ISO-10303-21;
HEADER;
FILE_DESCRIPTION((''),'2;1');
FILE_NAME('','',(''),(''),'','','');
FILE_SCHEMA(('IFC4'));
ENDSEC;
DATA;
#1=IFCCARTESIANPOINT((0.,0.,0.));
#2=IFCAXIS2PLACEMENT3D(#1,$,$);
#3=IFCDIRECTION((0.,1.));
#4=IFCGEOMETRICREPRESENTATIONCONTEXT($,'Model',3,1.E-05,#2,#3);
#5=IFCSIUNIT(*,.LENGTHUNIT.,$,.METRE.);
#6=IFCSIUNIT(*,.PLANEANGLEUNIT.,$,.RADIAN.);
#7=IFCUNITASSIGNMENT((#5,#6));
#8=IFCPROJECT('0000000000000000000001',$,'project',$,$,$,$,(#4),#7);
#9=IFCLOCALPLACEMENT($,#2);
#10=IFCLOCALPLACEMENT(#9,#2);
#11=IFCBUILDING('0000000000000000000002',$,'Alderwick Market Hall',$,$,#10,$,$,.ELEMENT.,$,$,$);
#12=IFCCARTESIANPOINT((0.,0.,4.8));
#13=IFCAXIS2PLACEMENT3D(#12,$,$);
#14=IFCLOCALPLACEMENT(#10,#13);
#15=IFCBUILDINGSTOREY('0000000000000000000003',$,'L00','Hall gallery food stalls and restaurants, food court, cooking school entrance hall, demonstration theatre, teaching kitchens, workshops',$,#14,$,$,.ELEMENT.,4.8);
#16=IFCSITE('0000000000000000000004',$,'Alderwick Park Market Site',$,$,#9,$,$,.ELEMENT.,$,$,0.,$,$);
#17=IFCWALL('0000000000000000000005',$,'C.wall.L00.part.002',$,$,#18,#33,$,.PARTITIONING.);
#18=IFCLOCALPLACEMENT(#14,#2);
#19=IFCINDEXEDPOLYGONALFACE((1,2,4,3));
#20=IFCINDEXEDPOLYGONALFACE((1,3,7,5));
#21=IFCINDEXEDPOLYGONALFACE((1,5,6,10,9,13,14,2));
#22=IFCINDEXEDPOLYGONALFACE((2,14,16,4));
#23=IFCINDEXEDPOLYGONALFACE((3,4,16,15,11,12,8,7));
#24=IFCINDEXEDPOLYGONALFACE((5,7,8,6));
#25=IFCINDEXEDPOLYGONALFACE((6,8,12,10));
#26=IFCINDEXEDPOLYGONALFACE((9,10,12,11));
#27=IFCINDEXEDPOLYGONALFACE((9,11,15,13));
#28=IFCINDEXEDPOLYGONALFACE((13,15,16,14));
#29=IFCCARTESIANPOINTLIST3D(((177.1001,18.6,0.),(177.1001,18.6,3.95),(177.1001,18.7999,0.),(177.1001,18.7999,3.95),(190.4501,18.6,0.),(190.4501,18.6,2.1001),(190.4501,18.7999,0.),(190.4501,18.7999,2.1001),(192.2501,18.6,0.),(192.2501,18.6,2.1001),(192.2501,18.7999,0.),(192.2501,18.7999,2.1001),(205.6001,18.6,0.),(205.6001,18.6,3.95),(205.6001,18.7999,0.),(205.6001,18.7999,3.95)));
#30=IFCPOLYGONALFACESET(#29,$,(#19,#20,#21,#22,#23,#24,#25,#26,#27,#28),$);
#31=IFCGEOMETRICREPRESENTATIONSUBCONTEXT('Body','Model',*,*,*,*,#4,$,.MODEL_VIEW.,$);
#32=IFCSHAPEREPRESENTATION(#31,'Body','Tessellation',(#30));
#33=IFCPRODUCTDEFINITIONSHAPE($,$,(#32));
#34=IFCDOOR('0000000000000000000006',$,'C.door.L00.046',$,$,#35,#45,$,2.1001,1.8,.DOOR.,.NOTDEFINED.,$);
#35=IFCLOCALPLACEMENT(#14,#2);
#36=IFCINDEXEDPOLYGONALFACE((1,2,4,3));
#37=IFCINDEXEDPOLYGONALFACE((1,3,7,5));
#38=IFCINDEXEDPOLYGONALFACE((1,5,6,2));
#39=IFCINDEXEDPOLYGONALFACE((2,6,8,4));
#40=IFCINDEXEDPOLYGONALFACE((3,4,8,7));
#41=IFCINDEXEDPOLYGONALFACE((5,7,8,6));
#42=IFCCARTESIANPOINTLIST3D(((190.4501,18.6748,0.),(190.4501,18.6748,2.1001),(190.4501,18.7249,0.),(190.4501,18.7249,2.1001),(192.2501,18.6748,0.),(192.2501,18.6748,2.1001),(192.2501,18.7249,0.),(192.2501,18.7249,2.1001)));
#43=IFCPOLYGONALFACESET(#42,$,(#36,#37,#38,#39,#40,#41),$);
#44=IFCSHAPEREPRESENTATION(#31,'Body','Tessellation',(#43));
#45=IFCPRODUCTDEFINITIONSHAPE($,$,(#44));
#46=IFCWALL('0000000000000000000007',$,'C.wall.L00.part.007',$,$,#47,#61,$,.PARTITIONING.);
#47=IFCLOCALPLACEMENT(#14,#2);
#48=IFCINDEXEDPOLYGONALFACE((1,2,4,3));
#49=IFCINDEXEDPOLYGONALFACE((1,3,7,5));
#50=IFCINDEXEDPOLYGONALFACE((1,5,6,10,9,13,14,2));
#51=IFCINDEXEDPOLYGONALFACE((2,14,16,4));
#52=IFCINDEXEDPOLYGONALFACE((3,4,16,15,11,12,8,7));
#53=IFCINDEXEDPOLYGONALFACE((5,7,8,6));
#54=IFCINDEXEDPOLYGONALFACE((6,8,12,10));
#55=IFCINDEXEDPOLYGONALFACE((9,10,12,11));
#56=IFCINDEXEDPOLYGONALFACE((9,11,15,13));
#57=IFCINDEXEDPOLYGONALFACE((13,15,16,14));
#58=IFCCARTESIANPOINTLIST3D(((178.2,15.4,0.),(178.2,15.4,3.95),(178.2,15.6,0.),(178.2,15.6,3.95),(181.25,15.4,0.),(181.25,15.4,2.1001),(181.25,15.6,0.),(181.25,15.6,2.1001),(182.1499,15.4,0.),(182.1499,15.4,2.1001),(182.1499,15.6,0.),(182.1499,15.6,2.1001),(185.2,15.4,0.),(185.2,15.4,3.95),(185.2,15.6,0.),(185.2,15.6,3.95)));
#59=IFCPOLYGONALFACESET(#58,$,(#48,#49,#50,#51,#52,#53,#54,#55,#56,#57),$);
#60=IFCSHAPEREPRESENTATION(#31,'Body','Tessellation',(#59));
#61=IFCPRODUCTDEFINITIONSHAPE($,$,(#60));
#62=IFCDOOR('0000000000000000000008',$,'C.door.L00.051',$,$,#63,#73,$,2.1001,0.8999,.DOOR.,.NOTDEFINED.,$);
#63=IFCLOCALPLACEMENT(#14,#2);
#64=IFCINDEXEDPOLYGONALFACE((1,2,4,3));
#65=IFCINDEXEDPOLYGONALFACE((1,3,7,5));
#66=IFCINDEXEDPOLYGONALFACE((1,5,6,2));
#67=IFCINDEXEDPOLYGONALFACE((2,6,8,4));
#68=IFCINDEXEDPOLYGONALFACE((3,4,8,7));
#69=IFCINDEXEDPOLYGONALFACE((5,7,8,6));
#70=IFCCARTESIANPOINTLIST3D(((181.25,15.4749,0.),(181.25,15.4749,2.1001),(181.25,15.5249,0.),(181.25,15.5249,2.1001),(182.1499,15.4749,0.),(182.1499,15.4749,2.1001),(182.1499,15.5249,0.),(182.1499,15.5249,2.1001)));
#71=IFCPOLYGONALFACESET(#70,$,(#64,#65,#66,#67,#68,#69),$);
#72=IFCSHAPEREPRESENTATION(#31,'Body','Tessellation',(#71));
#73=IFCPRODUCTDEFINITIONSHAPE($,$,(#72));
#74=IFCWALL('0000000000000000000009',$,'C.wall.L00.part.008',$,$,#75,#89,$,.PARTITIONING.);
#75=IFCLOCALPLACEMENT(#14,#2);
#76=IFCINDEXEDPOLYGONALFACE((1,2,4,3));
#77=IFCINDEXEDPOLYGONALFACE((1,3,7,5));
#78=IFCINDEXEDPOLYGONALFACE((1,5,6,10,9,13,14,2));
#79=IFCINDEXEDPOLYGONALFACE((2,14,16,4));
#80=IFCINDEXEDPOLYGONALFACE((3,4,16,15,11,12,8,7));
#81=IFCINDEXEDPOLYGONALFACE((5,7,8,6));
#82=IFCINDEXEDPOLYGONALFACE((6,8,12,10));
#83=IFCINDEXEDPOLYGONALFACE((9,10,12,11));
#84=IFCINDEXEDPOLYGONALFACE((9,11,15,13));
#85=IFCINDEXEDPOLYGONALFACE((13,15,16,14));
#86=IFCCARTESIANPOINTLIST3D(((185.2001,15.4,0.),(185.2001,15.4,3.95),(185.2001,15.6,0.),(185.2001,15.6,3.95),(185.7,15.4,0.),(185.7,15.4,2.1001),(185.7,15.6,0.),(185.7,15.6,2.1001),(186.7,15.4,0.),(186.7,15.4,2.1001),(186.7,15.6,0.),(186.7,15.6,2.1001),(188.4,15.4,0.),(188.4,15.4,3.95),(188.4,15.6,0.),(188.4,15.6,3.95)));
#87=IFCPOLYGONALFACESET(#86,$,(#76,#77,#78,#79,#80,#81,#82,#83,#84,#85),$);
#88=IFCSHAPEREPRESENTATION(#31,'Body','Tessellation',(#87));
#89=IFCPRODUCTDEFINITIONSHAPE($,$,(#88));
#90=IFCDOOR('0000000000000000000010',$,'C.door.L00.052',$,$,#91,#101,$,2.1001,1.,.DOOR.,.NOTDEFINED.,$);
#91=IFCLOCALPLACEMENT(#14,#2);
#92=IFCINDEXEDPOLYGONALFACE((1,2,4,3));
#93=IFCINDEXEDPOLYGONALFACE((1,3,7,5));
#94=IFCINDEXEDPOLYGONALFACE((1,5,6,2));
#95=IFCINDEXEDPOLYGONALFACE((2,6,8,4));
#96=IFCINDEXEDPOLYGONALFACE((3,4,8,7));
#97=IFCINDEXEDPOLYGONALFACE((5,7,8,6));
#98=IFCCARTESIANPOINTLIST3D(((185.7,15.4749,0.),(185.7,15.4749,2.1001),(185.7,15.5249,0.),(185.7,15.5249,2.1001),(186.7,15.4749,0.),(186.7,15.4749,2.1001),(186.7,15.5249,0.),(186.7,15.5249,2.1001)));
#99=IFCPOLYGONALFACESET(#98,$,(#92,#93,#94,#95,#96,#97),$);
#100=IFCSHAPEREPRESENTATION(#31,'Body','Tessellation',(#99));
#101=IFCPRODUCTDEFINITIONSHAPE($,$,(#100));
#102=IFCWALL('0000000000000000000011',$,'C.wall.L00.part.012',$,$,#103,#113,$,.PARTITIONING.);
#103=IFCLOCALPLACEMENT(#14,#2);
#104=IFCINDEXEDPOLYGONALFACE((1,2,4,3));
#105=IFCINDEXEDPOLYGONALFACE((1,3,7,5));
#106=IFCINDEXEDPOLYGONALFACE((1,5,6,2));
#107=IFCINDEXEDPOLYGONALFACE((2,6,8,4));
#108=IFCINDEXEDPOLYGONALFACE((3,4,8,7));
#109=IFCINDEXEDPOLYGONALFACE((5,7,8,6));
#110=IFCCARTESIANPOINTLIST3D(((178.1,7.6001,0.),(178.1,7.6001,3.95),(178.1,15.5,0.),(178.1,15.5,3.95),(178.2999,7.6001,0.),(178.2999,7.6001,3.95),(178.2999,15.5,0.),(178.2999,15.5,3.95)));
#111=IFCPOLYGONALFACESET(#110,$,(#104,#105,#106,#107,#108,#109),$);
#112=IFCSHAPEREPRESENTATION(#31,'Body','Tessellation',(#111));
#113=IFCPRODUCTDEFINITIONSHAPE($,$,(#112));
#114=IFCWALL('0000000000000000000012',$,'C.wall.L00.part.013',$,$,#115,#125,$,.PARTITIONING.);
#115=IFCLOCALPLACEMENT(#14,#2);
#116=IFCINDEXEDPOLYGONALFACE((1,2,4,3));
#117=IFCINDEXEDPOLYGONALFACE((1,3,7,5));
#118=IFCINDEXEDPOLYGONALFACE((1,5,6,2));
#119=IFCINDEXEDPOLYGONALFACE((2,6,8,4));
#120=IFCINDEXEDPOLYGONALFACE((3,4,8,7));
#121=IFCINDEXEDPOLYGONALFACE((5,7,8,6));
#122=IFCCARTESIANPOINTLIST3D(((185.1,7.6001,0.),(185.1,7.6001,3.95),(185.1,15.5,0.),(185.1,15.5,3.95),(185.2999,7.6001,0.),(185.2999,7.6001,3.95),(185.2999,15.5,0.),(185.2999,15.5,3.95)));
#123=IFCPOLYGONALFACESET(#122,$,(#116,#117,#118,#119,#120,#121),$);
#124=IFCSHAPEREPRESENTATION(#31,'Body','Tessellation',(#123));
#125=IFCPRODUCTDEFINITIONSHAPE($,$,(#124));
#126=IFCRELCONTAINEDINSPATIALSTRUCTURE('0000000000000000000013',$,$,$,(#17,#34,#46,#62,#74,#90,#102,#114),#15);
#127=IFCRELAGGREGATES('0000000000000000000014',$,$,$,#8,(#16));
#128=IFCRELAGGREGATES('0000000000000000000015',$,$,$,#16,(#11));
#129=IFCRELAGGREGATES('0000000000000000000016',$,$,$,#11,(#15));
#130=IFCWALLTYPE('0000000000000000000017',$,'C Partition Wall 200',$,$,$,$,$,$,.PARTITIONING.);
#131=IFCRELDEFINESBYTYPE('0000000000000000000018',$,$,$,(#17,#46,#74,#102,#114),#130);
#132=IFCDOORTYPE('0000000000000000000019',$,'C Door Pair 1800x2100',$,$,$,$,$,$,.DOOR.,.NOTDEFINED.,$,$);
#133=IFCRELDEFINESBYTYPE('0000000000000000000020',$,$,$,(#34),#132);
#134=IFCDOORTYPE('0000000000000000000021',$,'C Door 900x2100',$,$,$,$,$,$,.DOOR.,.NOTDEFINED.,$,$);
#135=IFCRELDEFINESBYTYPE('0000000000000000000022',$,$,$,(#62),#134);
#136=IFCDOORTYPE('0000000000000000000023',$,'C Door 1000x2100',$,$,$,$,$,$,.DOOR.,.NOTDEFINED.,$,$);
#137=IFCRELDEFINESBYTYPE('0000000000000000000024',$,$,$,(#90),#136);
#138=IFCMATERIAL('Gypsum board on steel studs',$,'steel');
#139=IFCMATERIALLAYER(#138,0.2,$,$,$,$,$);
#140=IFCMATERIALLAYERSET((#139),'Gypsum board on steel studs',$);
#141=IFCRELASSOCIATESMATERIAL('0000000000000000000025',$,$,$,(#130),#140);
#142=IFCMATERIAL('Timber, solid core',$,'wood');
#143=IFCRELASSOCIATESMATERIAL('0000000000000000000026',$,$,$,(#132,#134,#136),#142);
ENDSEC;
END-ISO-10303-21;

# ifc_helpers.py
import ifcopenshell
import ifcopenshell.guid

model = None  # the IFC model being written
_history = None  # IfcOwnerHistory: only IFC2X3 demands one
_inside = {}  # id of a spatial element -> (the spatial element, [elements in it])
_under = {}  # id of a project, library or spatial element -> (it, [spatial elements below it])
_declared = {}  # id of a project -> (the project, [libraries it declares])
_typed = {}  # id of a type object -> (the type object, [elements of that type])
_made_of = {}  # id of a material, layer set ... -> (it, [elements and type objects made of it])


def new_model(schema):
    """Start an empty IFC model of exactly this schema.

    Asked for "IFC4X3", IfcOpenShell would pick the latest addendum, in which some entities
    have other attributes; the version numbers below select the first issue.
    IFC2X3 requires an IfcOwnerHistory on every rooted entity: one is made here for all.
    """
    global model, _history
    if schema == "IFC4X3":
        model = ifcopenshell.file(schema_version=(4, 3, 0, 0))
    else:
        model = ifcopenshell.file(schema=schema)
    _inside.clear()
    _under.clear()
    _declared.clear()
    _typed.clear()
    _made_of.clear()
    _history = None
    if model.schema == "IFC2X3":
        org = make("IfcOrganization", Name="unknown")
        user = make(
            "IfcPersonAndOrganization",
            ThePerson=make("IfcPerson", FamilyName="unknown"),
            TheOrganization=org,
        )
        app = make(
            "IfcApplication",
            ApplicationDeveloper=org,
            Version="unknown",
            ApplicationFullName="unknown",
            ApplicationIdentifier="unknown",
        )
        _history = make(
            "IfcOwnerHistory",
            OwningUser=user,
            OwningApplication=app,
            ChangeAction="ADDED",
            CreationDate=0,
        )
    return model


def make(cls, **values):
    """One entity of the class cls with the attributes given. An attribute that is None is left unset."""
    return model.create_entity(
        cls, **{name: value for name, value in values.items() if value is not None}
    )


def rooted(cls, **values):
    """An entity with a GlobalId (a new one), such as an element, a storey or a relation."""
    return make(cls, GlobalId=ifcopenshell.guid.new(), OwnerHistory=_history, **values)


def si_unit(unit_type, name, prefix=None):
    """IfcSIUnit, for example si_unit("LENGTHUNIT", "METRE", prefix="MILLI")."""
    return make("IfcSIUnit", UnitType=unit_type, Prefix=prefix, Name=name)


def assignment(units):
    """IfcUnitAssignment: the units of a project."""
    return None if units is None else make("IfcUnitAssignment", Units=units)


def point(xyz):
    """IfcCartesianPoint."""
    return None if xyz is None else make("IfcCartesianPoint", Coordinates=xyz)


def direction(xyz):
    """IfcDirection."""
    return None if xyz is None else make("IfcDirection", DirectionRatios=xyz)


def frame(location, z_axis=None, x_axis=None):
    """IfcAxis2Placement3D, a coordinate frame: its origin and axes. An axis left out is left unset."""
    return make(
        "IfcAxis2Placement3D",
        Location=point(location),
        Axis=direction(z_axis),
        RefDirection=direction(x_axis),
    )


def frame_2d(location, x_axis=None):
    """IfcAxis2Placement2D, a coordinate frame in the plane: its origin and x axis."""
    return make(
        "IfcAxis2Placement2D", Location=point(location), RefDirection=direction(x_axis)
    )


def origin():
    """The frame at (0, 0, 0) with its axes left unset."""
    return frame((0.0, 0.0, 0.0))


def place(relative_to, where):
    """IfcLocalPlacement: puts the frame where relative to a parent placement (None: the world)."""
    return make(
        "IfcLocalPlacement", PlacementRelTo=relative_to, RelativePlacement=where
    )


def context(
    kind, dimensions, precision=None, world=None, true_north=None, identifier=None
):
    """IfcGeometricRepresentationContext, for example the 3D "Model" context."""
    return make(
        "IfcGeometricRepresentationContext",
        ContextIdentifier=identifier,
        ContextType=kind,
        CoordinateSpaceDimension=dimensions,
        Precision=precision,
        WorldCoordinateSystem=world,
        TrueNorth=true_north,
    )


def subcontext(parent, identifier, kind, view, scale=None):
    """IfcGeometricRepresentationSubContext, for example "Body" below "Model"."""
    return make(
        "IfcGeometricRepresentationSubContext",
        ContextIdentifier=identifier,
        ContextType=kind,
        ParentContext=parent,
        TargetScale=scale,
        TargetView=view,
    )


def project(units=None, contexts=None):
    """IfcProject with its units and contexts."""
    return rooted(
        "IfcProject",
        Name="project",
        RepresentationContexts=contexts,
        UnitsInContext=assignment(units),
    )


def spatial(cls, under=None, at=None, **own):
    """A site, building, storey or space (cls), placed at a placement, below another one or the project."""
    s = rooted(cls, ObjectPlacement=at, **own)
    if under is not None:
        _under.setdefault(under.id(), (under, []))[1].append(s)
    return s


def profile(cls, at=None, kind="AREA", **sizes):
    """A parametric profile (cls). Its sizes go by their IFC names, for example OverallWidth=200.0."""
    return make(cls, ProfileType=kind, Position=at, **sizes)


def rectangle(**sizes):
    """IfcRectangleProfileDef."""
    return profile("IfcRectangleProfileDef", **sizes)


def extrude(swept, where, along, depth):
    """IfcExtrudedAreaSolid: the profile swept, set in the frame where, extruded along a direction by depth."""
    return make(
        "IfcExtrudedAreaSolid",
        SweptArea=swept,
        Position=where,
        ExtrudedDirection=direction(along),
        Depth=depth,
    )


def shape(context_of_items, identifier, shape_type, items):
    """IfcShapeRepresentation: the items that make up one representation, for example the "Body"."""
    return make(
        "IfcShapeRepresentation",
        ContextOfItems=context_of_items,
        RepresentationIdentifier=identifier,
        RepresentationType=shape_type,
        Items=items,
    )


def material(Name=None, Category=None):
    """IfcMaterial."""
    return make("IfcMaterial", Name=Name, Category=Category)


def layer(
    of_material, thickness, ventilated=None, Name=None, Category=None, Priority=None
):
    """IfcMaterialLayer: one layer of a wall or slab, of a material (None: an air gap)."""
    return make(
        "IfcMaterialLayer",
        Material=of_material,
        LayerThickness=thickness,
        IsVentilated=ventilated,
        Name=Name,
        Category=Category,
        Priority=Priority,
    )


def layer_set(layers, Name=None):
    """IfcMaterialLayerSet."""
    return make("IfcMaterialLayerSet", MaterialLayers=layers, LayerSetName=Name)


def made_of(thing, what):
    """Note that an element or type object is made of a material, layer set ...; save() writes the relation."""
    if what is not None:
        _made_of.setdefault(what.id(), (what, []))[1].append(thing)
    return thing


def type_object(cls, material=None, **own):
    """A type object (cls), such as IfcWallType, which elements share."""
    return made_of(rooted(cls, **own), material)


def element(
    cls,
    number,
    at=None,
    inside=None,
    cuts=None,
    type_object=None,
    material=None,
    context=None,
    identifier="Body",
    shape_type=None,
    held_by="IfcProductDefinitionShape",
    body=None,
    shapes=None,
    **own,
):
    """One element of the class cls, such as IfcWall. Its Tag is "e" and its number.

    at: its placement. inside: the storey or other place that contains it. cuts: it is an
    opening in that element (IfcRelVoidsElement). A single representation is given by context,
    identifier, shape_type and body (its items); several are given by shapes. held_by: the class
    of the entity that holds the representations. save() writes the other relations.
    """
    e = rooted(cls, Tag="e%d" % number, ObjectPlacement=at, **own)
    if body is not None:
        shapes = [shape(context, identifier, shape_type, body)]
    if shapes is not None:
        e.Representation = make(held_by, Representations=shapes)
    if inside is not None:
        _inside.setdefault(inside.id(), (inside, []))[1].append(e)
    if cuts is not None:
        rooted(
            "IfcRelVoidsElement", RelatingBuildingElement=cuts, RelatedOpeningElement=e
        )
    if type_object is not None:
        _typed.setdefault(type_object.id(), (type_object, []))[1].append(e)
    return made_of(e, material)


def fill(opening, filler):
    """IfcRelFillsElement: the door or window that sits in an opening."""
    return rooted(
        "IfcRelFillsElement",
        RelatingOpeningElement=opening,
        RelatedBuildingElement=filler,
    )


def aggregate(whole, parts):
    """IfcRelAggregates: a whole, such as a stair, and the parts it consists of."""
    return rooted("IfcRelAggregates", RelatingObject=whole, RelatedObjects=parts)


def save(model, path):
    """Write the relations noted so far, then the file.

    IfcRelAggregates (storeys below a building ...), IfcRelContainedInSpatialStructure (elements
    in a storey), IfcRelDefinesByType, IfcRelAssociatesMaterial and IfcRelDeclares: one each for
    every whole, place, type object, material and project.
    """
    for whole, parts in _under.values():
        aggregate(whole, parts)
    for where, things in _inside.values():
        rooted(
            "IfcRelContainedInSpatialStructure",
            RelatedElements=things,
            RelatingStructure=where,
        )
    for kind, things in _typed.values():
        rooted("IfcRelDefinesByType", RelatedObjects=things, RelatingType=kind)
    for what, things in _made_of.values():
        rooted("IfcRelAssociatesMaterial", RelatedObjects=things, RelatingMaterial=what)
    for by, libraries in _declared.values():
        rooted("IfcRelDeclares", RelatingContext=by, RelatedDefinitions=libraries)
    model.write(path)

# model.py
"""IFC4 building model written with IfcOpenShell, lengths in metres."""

from ifc_helpers import new_model, si_unit, direction, frame, frame_2d, origin, place, context, subcontext, project, spatial, rectangle, extrude, material, layer, layer_set, type_object, element, fill, save


model = new_model("IFC4")

# Units and contexts
model_context = context("Model", 3, precision=1e-05, world=origin(), true_north=direction((0.0, 1.0)))
body_context = subcontext(model_context, "Body", "Model", "MODEL_VIEW")
ifc_project = project(units=[si_unit("LENGTHUNIT", "METRE"), si_unit("PLANEANGLEUNIT", "RADIAN")], contexts=[model_context])

# Site, building, storey
site_placement = place(None, origin())
site = spatial("IfcSite", under=ifc_project, at=site_placement, Name="Alderwick Park Market Site", CompositionType="ELEMENT", RefElevation=0.0)
building_placement = place(site_placement, origin())
building = spatial("IfcBuilding", under=site, at=building_placement, Name="Alderwick Market Hall", CompositionType="ELEMENT")
storey_placement = place(building_placement, frame((0.0, 0.0, 4.8)))
storey = spatial("IfcBuildingStorey", under=building, at=storey_placement, Name="L00", Description="Hall gallery food stalls and restaurants, food court, cooking school entrance hall, demonstration theatre, teaching kitchens, workshops", CompositionType="ELEMENT", Elevation=4.8)

# Walls, openings, doors
ifc_material_1 = material(Name="Gypsum board on steel studs", Category="steel")
ifc_layer = layer(ifc_material_1, 0.2)
ifc_layer_set = layer_set([ifc_layer], Name="Gypsum board on steel studs")
wall_type = type_object("IfcWallType", Name="C Partition Wall 200", PredefinedType="PARTITIONING", material=ifc_layer_set)
wall_1_placement = place(storey_placement, frame((177.1001, 18.7, 0.0), z_axis=(0.0, 0.0, 1.0), x_axis=(1.0, 0.0, 0.0)))
wall_1 = element("IfcWall", 1, at=wall_1_placement, inside=storey, type_object=wall_type, Name="C.wall.L00.part.002", PredefinedType="PARTITIONING", context=body_context, shape_type="SweptSolid", body=[
    extrude(rectangle(XDim=28.5, YDim=0.2, at=frame_2d((14.25, 0.0))), origin(), (0.0, 0.0, 1.0), 3.95),
])
opening_1_placement = place(wall_1_placement, frame((13.3501, 0.0, 0.0)))
opening_1 = element("IfcOpeningElement", 2, at=opening_1_placement, cuts=wall_1, PredefinedType="OPENING", context=body_context, shape_type="SweptSolid", body=[
    extrude(rectangle(XDim=1.8, YDim=2.1001, at=frame_2d((0.8999, 1.05))), frame((0.0, 0.1099, 0.0), z_axis=(0.0, -1.0, 0.0), x_axis=(1.0, 0.0, 0.0)), (0.0, 0.0, 1.0), 0.22),
])
ifc_material_2 = material(Name="Timber, solid core", Category="wood")
door_type_1 = type_object("IfcDoorType", Name="C Door Pair 1800x2100", OperationType="NOTDEFINED", PredefinedType="DOOR", material=ifc_material_2)
door_1_placement = place(opening_1_placement, origin())
door_1 = element("IfcDoor", 3, at=door_1_placement, inside=storey, type_object=door_type_1, Name="C.door.L00.046", OperationType="NOTDEFINED", OverallHeight=2.1001, OverallWidth=1.8, PredefinedType="DOOR", context=body_context, shape_type="SweptSolid", body=[
    extrude(rectangle(XDim=1.8, YDim=2.1001, at=frame_2d((0.8999, 1.05))), frame((0.0, 0.0249, 0.0), z_axis=(0.0, -1.0, 0.0), x_axis=(1.0, 0.0, 0.0)), (0.0, 0.0, 1.0), 0.05),
])
fill(opening_1, door_1)
wall_2_placement = place(storey_placement, frame((178.2, 15.5, 0.0), z_axis=(0.0, 0.0, 1.0), x_axis=(1.0, 0.0, 0.0)))
wall_2 = element("IfcWall", 4, at=wall_2_placement, inside=storey, type_object=wall_type, Name="C.wall.L00.part.007", PredefinedType="PARTITIONING", context=body_context, shape_type="SweptSolid", body=[
    extrude(rectangle(XDim=7.0, YDim=0.2, at=frame_2d((3.5, 0.0))), origin(), (0.0, 0.0, 1.0), 3.95),
])
opening_2_placement = place(wall_2_placement, frame((3.05, 0.0, 0.0)))
opening_2 = element("IfcOpeningElement", 5, at=opening_2_placement, cuts=wall_2, PredefinedType="OPENING", context=body_context, shape_type="SweptSolid", body=[
    extrude(rectangle(XDim=0.8999, YDim=2.1001, at=frame_2d((0.45, 1.05))), frame((0.0, 0.1099, 0.0), z_axis=(0.0, -1.0, 0.0), x_axis=(1.0, 0.0, 0.0)), (0.0, 0.0, 1.0), 0.22),
])
door_type_2 = type_object("IfcDoorType", Name="C Door 900x2100", OperationType="NOTDEFINED", PredefinedType="DOOR", material=ifc_material_2)
door_2_placement = place(opening_2_placement, origin())
door_2 = element("IfcDoor", 6, at=door_2_placement, inside=storey, type_object=door_type_2, Name="C.door.L00.051", OperationType="NOTDEFINED", OverallHeight=2.1001, OverallWidth=0.8999, PredefinedType="DOOR", context=body_context, shape_type="SweptSolid", body=[
    extrude(rectangle(XDim=0.8999, YDim=2.1001, at=frame_2d((0.45, 1.05))), frame((0.0, 0.0249, 0.0), z_axis=(0.0, -1.0, 0.0), x_axis=(1.0, 0.0, 0.0)), (0.0, 0.0, 1.0), 0.05),
])
fill(opening_2, door_2)
wall_3_placement = place(storey_placement, frame((185.2, 15.5, 0.0), z_axis=(0.0, 0.0, 1.0), x_axis=(1.0, 0.0, 0.0)))
wall_3 = element("IfcWall", 7, at=wall_3_placement, inside=storey, type_object=wall_type, Name="C.wall.L00.part.008", PredefinedType="PARTITIONING", context=body_context, shape_type="SweptSolid", body=[
    extrude(rectangle(XDim=3.2, YDim=0.2, at=frame_2d((1.6001, 0.0))), origin(), (0.0, 0.0, 1.0), 3.95),
])
opening_3_placement = place(wall_3_placement, frame((0.5, 0.0, 0.0)))
opening_3 = element("IfcOpeningElement", 8, at=opening_3_placement, cuts=wall_3, PredefinedType="OPENING", context=body_context, shape_type="SweptSolid", body=[
    extrude(rectangle(XDim=1.0, YDim=2.1001, at=frame_2d((0.5, 1.05))), frame((0.0, 0.1099, 0.0), z_axis=(0.0, -1.0, 0.0), x_axis=(1.0, 0.0, 0.0)), (0.0, 0.0, 1.0), 0.22),
])
door_type_3 = type_object("IfcDoorType", Name="C Door 1000x2100", OperationType="NOTDEFINED", PredefinedType="DOOR", material=ifc_material_2)
door_3_placement = place(opening_3_placement, origin())
door_3 = element("IfcDoor", 9, at=door_3_placement, inside=storey, type_object=door_type_3, Name="C.door.L00.052", OperationType="NOTDEFINED", OverallHeight=2.1001, OverallWidth=1.0, PredefinedType="DOOR", context=body_context, shape_type="SweptSolid", body=[
    extrude(rectangle(XDim=1.0, YDim=2.1001, at=frame_2d((0.5, 1.05))), frame((0.0, 0.0249, 0.0), z_axis=(0.0, -1.0, 0.0), x_axis=(1.0, 0.0, 0.0)), (0.0, 0.0, 1.0), 0.05),
])
fill(opening_3, door_3)

# Walls
for number, where, z_axis, x_axis, name in (
    (10, (178.2, 15.5, 0.0), (0.0, 0.0, 1.0), (0.0, -1.0, 0.0), "C.wall.L00.part.012"),
    (11, (185.2, 15.5, 0.0), (0.0, 0.0, 1.0), (0.0, -1.0, 0.0), "C.wall.L00.part.013"),
):
    element("IfcWall", number, at=place(storey_placement, frame(where, z_axis=z_axis, x_axis=x_axis)), inside=storey, type_object=wall_type, Name=name, PredefinedType="PARTITIONING", context=body_context, shape_type="SweptSolid", body=[
        extrude(rectangle(XDim=7.8999, YDim=0.2, at=frame_2d((3.95, 0.0))), origin(), (0.0, 0.0, 1.0), 3.95),
    ])

save(model, "model.ifc")
